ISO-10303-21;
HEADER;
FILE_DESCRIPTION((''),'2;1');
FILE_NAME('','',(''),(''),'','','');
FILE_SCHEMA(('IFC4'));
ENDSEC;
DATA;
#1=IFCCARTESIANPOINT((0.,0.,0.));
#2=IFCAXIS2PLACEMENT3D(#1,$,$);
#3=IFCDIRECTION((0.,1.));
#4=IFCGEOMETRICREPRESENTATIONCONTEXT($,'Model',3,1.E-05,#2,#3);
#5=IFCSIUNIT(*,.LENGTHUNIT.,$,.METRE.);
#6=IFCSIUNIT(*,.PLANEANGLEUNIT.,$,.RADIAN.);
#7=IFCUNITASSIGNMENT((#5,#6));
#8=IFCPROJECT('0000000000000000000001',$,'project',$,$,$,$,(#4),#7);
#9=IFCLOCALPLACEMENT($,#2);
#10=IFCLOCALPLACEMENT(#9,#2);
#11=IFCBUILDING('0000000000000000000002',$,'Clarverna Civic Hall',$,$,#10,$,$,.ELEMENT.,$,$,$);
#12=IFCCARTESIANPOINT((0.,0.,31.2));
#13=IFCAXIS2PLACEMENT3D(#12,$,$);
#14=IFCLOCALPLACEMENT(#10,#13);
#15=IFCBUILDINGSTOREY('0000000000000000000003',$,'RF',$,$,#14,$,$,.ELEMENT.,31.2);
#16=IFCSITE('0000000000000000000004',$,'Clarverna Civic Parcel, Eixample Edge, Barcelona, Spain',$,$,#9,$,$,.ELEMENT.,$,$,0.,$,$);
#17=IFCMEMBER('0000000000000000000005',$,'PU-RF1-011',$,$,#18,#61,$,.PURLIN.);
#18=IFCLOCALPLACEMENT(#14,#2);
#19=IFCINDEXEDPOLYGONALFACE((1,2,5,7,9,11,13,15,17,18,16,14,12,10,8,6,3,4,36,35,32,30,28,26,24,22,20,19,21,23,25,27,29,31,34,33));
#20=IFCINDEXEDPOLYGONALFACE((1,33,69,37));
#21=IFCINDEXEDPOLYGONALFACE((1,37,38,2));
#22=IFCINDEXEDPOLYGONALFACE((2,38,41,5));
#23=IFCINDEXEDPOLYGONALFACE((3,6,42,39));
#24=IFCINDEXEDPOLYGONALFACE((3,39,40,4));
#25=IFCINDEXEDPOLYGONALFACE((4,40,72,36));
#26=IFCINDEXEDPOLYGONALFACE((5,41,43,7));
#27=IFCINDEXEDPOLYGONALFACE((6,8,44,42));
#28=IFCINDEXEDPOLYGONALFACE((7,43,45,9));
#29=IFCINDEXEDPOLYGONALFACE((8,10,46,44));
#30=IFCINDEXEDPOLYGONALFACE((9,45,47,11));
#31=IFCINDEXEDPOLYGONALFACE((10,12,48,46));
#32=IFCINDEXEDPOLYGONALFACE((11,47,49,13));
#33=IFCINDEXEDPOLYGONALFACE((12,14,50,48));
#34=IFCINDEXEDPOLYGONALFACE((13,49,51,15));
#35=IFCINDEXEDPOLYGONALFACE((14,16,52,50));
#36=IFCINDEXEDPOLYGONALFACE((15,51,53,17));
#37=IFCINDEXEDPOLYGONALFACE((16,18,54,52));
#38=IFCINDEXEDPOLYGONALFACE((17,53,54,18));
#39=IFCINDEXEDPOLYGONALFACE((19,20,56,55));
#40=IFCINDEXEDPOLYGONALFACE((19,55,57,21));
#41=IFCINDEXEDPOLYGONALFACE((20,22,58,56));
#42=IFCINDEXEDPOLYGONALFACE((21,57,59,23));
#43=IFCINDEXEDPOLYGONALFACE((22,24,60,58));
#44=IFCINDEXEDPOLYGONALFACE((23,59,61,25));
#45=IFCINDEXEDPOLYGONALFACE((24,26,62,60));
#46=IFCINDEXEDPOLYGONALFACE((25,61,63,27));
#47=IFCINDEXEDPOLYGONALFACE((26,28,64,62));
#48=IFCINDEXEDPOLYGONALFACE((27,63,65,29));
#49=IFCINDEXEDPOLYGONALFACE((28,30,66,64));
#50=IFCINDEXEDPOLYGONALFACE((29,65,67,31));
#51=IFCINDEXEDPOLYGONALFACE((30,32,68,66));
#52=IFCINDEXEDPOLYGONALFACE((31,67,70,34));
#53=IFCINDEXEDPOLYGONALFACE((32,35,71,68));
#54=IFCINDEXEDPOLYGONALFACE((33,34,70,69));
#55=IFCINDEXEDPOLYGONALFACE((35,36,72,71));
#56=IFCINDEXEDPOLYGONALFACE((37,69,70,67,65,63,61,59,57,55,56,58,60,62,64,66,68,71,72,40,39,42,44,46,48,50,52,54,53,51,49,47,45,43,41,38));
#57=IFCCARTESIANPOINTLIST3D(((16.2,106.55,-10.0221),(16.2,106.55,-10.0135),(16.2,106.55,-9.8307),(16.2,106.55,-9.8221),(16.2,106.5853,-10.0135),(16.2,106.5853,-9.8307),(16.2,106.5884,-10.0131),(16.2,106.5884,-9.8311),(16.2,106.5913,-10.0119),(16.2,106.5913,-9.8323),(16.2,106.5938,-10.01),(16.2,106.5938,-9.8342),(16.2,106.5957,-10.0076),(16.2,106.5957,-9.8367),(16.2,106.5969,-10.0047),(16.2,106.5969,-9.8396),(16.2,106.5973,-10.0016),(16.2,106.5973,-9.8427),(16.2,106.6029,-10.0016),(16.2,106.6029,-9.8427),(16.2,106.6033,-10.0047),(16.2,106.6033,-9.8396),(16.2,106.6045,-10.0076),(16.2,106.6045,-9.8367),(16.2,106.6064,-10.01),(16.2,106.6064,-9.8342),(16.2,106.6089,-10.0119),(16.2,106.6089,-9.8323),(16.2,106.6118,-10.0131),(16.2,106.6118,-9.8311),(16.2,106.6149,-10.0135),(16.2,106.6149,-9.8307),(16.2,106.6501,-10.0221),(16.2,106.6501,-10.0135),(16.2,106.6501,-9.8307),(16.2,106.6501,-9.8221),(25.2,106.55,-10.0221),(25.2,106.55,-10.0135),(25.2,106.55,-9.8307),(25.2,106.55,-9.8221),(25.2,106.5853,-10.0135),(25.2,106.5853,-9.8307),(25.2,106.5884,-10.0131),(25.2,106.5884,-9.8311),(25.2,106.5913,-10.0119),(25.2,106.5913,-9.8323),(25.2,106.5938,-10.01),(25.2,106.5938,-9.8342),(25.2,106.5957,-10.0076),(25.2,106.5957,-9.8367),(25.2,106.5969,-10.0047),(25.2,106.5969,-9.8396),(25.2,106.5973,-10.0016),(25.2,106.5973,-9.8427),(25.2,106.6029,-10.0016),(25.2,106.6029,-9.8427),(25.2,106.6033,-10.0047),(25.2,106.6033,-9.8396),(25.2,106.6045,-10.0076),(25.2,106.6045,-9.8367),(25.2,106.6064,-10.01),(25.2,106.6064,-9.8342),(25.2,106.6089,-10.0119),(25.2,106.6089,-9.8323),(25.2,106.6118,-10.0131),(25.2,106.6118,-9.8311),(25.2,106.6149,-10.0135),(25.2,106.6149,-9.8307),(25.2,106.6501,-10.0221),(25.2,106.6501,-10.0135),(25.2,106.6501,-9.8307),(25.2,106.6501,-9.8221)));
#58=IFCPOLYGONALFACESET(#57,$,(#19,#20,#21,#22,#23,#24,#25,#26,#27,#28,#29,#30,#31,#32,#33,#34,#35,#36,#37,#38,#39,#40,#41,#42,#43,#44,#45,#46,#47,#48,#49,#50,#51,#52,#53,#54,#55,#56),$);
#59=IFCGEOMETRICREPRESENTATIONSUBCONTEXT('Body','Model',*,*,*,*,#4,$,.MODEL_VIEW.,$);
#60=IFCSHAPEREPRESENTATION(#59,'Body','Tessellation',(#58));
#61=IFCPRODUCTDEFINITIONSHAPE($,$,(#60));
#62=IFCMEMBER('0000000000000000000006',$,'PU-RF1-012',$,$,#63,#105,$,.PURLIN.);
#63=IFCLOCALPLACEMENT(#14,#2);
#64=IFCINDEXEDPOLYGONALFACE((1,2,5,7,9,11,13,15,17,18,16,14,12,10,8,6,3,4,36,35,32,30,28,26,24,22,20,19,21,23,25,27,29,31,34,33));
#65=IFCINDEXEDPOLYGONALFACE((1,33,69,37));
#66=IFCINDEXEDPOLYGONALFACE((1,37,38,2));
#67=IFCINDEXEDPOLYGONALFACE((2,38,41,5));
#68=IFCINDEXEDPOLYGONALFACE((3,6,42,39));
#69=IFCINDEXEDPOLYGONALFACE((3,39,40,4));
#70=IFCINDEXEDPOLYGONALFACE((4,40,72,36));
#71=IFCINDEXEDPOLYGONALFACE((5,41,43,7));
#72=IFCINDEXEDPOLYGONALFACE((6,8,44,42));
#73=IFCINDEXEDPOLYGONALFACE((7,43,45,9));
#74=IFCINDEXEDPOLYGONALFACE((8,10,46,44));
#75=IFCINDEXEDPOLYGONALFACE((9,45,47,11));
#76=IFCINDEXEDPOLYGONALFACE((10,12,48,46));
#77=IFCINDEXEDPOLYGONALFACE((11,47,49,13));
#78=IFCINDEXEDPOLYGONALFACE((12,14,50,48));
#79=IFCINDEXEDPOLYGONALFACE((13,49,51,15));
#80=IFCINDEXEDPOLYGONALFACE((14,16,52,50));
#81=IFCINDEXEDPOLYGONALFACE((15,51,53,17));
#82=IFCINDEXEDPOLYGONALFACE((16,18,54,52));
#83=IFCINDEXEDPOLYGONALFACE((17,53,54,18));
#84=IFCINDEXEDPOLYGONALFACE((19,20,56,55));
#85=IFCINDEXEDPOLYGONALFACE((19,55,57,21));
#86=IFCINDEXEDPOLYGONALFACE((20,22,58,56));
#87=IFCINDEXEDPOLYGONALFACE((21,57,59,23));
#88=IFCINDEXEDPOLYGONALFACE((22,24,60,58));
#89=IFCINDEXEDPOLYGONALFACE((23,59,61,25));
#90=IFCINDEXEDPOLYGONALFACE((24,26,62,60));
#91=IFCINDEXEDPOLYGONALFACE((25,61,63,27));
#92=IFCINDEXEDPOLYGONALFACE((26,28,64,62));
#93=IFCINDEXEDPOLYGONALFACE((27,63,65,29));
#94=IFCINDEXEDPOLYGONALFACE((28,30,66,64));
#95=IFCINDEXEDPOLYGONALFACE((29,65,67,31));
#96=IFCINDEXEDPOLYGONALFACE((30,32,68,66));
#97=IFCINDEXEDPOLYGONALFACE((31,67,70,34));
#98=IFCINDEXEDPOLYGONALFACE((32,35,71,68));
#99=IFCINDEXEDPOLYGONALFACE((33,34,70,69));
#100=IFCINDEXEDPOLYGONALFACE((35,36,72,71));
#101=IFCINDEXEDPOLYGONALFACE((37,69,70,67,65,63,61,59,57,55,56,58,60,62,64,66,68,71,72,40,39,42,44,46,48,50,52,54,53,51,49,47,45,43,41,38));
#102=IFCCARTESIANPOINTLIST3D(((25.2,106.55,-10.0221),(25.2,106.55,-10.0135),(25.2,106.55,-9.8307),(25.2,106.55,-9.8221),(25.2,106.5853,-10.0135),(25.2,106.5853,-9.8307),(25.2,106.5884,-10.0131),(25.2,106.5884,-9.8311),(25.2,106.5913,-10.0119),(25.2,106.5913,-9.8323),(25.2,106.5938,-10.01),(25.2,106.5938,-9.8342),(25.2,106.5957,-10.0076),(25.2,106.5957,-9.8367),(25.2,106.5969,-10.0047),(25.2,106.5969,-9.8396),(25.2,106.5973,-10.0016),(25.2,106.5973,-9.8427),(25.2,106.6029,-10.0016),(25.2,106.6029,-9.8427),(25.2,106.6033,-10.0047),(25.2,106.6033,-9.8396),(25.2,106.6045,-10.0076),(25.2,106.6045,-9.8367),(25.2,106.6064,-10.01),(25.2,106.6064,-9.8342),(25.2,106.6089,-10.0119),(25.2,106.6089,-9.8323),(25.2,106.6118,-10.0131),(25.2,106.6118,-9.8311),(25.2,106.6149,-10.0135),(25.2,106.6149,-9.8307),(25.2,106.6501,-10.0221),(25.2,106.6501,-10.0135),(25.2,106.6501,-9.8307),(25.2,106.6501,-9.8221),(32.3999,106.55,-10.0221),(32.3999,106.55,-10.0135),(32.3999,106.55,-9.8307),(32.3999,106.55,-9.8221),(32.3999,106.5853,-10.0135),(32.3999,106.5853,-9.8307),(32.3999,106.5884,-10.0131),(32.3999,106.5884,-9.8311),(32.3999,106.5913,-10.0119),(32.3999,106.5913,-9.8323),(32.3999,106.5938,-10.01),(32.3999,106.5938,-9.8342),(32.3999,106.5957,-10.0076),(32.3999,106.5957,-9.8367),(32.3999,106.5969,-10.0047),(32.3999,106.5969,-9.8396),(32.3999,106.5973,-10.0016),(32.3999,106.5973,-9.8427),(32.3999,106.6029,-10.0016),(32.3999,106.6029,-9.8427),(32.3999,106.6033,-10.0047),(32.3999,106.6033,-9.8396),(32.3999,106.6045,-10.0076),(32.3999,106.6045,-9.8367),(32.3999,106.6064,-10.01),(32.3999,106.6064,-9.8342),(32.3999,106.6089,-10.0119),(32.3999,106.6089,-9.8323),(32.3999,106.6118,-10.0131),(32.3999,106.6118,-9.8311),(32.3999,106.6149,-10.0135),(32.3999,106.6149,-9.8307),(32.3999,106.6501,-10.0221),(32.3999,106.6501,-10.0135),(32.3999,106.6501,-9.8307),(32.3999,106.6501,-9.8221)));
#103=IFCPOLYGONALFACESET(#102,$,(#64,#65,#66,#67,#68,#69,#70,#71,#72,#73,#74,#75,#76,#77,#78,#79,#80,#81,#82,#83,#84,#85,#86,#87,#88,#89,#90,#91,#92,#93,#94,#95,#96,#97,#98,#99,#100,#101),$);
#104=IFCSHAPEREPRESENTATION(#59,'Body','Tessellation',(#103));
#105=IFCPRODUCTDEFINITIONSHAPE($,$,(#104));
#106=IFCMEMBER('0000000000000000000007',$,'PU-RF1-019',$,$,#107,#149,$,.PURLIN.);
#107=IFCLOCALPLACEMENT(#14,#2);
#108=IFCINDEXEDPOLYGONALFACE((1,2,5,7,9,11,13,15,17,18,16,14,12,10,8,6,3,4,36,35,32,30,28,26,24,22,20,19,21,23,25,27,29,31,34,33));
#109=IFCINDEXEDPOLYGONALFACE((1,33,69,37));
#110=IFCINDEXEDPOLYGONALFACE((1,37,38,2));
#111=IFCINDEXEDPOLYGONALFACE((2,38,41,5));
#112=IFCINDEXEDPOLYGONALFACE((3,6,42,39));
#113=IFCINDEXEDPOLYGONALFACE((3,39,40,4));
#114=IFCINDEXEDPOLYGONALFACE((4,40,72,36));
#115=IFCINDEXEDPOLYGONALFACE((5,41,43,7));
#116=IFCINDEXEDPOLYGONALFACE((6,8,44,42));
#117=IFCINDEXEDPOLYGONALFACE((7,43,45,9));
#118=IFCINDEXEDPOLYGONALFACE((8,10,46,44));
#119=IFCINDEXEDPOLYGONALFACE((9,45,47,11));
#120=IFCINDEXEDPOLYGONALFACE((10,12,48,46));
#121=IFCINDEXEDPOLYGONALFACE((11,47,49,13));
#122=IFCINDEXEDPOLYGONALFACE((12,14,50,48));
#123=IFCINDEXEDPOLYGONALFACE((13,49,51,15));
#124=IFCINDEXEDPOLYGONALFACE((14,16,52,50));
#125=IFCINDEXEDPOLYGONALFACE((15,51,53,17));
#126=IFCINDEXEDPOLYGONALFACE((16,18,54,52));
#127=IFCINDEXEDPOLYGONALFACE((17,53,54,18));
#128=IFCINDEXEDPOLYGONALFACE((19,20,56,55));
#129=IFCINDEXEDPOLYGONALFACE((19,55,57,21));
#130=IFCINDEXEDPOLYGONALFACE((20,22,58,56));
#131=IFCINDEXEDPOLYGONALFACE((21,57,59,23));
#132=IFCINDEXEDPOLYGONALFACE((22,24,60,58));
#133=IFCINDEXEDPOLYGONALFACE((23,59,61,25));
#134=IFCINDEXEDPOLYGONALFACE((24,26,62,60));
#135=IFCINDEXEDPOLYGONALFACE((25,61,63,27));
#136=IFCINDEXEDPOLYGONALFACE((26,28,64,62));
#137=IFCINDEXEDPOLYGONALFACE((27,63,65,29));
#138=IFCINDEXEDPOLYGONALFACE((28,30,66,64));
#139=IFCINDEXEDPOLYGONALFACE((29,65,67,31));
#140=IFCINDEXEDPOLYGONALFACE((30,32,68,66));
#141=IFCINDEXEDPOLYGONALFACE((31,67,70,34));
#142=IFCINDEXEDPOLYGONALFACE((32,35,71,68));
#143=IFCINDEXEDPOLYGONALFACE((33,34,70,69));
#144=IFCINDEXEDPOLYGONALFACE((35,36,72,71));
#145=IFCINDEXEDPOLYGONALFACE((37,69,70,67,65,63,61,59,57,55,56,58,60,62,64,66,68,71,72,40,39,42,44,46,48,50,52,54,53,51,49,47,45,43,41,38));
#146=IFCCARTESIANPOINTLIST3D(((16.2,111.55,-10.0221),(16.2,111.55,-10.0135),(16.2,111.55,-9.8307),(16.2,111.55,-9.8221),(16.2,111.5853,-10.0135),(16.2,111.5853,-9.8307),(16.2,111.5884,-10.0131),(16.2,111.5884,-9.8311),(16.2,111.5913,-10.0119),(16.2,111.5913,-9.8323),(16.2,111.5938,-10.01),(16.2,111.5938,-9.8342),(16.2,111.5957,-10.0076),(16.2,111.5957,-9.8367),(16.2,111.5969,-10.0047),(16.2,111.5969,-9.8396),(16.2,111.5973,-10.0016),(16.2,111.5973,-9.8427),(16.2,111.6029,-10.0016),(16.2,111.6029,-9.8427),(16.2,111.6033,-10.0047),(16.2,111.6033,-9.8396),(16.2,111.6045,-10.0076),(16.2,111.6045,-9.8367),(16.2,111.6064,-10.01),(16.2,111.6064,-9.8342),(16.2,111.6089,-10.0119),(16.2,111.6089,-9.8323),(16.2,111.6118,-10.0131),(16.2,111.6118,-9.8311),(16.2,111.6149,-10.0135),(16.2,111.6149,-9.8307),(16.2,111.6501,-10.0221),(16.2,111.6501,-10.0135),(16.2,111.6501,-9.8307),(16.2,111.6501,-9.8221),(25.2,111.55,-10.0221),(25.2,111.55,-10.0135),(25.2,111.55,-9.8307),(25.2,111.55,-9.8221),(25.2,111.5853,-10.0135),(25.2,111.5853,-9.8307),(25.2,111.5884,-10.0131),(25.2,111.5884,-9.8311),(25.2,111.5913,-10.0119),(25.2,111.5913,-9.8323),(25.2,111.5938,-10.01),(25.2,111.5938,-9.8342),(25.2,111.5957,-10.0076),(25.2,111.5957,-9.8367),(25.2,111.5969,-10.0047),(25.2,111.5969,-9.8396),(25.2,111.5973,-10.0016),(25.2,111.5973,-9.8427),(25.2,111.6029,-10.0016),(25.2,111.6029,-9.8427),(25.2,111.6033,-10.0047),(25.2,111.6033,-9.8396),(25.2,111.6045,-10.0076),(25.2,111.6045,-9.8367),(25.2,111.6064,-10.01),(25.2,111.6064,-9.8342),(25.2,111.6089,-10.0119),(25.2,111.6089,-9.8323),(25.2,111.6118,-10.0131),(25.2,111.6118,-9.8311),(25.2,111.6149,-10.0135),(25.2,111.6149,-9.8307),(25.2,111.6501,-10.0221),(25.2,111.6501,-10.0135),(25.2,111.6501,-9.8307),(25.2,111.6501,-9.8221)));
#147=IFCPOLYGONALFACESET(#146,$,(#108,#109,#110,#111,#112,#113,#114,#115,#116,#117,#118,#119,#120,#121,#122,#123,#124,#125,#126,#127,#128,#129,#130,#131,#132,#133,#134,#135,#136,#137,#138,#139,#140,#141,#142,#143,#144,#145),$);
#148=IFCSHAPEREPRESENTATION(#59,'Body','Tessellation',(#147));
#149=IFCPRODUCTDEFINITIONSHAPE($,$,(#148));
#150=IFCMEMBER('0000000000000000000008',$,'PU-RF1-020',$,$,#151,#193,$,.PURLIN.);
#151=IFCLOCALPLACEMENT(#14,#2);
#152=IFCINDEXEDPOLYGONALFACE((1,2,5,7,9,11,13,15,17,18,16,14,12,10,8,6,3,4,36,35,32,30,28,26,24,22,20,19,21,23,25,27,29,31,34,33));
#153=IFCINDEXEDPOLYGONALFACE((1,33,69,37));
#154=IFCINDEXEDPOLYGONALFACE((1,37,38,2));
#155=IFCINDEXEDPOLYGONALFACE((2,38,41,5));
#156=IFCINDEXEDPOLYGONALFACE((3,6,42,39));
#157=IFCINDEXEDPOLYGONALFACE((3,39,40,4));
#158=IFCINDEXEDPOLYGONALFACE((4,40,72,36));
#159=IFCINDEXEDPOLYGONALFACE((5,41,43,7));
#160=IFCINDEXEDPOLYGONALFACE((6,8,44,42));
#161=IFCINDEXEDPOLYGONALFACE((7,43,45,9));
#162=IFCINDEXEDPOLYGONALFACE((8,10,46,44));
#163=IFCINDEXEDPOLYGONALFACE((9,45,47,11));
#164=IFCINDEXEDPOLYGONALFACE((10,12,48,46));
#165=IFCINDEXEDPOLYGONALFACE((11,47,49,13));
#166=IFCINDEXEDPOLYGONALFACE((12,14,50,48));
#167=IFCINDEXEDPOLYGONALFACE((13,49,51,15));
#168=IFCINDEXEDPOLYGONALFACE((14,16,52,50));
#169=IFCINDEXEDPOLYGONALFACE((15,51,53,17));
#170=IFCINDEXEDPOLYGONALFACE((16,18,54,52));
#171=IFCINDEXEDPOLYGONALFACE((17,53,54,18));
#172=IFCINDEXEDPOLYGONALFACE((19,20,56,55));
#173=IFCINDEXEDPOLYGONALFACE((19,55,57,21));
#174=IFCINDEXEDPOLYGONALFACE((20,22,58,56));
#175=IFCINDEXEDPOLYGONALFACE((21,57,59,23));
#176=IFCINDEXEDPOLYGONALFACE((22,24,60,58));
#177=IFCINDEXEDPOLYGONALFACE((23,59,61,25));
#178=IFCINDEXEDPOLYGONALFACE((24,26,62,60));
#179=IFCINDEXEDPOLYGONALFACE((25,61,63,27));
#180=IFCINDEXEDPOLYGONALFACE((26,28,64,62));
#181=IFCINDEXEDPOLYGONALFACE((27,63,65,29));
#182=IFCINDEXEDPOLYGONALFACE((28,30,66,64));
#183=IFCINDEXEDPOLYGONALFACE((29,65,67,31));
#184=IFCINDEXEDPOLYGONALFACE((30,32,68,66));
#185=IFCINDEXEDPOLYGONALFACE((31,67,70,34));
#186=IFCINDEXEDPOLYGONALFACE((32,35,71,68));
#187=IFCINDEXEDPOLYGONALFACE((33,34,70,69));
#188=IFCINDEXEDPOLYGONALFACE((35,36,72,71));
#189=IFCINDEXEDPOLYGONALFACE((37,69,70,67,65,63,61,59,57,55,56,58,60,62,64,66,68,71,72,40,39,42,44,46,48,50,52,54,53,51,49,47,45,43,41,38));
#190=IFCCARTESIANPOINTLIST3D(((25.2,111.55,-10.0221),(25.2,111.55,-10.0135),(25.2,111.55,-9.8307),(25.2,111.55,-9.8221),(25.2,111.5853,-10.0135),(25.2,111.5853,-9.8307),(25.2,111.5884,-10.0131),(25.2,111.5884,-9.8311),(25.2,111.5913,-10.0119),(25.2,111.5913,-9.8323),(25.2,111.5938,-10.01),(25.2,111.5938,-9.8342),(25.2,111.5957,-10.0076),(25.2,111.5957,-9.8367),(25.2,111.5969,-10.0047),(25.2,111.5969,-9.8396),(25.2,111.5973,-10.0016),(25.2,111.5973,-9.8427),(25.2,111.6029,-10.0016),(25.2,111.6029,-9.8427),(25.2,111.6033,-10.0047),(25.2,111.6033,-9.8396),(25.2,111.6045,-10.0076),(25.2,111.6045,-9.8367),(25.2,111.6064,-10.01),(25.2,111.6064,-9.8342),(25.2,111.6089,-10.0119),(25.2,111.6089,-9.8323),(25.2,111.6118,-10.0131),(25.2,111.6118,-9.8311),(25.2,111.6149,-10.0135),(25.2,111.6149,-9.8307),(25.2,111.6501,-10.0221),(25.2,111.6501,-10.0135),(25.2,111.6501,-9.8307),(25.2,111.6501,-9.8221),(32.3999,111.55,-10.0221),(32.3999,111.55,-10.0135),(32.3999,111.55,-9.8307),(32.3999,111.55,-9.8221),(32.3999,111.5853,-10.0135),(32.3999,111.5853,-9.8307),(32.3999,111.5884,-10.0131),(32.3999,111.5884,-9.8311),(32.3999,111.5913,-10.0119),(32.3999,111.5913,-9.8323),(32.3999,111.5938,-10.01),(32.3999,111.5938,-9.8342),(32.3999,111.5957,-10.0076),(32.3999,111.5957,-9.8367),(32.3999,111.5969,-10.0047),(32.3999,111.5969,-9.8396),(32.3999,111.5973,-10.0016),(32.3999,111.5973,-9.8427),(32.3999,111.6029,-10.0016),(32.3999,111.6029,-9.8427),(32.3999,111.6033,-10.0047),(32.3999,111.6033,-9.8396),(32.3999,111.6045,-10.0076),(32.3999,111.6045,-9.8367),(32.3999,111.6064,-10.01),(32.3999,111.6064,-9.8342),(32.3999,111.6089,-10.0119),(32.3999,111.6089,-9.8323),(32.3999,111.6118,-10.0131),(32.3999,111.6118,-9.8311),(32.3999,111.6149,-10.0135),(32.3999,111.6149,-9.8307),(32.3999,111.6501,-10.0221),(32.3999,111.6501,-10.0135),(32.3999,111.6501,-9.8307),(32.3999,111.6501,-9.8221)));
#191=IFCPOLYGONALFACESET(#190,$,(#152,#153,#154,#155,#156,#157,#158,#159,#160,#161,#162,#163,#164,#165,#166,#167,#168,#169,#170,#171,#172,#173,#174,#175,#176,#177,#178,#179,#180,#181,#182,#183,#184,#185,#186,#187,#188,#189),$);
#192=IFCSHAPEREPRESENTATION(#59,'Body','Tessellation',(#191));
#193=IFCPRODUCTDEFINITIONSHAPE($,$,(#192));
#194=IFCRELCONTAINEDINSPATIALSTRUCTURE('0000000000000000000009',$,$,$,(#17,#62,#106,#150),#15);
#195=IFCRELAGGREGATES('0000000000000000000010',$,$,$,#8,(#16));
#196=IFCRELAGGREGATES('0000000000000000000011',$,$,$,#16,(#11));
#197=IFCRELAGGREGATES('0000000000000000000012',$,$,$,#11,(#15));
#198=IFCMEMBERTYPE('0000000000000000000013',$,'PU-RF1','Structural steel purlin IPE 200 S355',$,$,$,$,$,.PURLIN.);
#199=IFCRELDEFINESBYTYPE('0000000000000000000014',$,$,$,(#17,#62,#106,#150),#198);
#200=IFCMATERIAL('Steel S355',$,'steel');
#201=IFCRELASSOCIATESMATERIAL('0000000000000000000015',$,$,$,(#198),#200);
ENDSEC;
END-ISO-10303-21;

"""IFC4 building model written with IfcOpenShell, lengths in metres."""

from ifc_helpers import new_model, si_unit, direction, frame, origin, origin_2d, place, context, subcontext, project, spatial, i_section, extrude, material, material_profile, profile_set, type_object, element, save


model = new_model("IFC4")

# Units and contexts
model_context = context("Model", 3, precision=1e-05, world=origin(), true_north=direction((0.0, 1.0)))
body_context = subcontext(model_context, "Body", "Model", "MODEL_VIEW")
ifc_project = project(units=[si_unit("LENGTHUNIT", "METRE"), si_unit("PLANEANGLEUNIT", "RADIAN")], contexts=[model_context])

# Site, building, storey
site_placement = place(None, origin())
site = spatial("IfcSite", under=ifc_project, at=site_placement, Name="Clarverna Civic Parcel, Eixample Edge, Barcelona, Spain", CompositionType="ELEMENT", RefElevation=0.0)
building_placement = place(site_placement, origin())
building = spatial("IfcBuilding", under=site, at=building_placement, Name="Clarverna Civic Hall", CompositionType="ELEMENT")
storey_placement = place(building_placement, frame((0.0, 0.0, 31.2)))
storey = spatial("IfcBuildingStorey", under=building, at=storey_placement, Name="RF", CompositionType="ELEMENT", Elevation=31.2)

# Members
ifc_material_1 = material(Name="Steel S355", Category="steel")
ifc_material_profile_1 = material_profile(ifc_material_1, i_section(OverallWidth=0.1001, OverallDepth=0.2, WebThickness=0.0056, FlangeThickness=0.0085, FilletRadius=0.012, at=origin_2d()), Name="IPE 200")
ifc_profile_set_1 = profile_set([ifc_material_profile_1], Name="Steel S355")
member_type_1 = type_object("IfcMemberType", Name="PU-RF1", Description="Structural steel purlin IPE 200 S355", PredefinedType="PURLIN", material=ifc_profile_set_1)
member_1_placement = place(storey_placement, frame((16.2, 106.6001, -9.9221), z_axis=(1.0, 0.0, 0.0), x_axis=(0.0, 1.0, 0.0)))
element("IfcMember", 1, at=member_1_placement, inside=storey, type_object=member_type_1, Name="PU-RF1-011", PredefinedType="PURLIN", context=body_context, shape_type="SweptSolid", body=[
    extrude(i_section(OverallWidth=0.1001, OverallDepth=0.2, WebThickness=0.0056, FlangeThickness=0.0085, FilletRadius=0.012, at=origin_2d()), origin(), (0.0, 0.0, 1.0), 9.0),
])
member_2_placement = place(storey_placement, frame((25.2, 106.6001, -9.9221), z_axis=(1.0, 0.0, 0.0), x_axis=(0.0, 1.0, 0.0)))
element("IfcMember", 2, at=member_2_placement, inside=storey, type_object=member_type_1, Name="PU-RF1-012", PredefinedType="PURLIN", context=body_context, shape_type="SweptSolid", body=[
    extrude(i_section(OverallWidth=0.1001, OverallDepth=0.2, WebThickness=0.0056, FlangeThickness=0.0085, FilletRadius=0.012, at=origin_2d()), origin(), (0.0, 0.0, 1.0), 7.2),
])
member_3_placement = place(storey_placement, frame((16.2, 111.6001, -9.9221), z_axis=(1.0, 0.0, 0.0), x_axis=(0.0, 1.0, 0.0)))
element("IfcMember", 3, at=member_3_placement, inside=storey, type_object=member_type_1, Name="PU-RF1-019", PredefinedType="PURLIN", context=body_context, shape_type="SweptSolid", body=[
    extrude(i_section(OverallWidth=0.1001, OverallDepth=0.2, WebThickness=0.0056, FlangeThickness=0.0085, FilletRadius=0.012, at=origin_2d()), origin(), (0.0, 0.0, 1.0), 9.0),
])
member_4_placement = place(storey_placement, frame((25.2, 111.6001, -9.9221), z_axis=(1.0, 0.0, 0.0), x_axis=(0.0, 1.0, 0.0)))
element("IfcMember", 4, at=member_4_placement, inside=storey, type_object=member_type_1, Name="PU-RF1-020", PredefinedType="PURLIN", context=body_context, shape_type="SweptSolid", body=[
    extrude(i_section(OverallWidth=0.1001, OverallDepth=0.2, WebThickness=0.0056, FlangeThickness=0.0085, FilletRadius=0.012, at=origin_2d()), origin(), (0.0, 0.0, 1.0), 7.2),
])

save(model, "model.ifc")
